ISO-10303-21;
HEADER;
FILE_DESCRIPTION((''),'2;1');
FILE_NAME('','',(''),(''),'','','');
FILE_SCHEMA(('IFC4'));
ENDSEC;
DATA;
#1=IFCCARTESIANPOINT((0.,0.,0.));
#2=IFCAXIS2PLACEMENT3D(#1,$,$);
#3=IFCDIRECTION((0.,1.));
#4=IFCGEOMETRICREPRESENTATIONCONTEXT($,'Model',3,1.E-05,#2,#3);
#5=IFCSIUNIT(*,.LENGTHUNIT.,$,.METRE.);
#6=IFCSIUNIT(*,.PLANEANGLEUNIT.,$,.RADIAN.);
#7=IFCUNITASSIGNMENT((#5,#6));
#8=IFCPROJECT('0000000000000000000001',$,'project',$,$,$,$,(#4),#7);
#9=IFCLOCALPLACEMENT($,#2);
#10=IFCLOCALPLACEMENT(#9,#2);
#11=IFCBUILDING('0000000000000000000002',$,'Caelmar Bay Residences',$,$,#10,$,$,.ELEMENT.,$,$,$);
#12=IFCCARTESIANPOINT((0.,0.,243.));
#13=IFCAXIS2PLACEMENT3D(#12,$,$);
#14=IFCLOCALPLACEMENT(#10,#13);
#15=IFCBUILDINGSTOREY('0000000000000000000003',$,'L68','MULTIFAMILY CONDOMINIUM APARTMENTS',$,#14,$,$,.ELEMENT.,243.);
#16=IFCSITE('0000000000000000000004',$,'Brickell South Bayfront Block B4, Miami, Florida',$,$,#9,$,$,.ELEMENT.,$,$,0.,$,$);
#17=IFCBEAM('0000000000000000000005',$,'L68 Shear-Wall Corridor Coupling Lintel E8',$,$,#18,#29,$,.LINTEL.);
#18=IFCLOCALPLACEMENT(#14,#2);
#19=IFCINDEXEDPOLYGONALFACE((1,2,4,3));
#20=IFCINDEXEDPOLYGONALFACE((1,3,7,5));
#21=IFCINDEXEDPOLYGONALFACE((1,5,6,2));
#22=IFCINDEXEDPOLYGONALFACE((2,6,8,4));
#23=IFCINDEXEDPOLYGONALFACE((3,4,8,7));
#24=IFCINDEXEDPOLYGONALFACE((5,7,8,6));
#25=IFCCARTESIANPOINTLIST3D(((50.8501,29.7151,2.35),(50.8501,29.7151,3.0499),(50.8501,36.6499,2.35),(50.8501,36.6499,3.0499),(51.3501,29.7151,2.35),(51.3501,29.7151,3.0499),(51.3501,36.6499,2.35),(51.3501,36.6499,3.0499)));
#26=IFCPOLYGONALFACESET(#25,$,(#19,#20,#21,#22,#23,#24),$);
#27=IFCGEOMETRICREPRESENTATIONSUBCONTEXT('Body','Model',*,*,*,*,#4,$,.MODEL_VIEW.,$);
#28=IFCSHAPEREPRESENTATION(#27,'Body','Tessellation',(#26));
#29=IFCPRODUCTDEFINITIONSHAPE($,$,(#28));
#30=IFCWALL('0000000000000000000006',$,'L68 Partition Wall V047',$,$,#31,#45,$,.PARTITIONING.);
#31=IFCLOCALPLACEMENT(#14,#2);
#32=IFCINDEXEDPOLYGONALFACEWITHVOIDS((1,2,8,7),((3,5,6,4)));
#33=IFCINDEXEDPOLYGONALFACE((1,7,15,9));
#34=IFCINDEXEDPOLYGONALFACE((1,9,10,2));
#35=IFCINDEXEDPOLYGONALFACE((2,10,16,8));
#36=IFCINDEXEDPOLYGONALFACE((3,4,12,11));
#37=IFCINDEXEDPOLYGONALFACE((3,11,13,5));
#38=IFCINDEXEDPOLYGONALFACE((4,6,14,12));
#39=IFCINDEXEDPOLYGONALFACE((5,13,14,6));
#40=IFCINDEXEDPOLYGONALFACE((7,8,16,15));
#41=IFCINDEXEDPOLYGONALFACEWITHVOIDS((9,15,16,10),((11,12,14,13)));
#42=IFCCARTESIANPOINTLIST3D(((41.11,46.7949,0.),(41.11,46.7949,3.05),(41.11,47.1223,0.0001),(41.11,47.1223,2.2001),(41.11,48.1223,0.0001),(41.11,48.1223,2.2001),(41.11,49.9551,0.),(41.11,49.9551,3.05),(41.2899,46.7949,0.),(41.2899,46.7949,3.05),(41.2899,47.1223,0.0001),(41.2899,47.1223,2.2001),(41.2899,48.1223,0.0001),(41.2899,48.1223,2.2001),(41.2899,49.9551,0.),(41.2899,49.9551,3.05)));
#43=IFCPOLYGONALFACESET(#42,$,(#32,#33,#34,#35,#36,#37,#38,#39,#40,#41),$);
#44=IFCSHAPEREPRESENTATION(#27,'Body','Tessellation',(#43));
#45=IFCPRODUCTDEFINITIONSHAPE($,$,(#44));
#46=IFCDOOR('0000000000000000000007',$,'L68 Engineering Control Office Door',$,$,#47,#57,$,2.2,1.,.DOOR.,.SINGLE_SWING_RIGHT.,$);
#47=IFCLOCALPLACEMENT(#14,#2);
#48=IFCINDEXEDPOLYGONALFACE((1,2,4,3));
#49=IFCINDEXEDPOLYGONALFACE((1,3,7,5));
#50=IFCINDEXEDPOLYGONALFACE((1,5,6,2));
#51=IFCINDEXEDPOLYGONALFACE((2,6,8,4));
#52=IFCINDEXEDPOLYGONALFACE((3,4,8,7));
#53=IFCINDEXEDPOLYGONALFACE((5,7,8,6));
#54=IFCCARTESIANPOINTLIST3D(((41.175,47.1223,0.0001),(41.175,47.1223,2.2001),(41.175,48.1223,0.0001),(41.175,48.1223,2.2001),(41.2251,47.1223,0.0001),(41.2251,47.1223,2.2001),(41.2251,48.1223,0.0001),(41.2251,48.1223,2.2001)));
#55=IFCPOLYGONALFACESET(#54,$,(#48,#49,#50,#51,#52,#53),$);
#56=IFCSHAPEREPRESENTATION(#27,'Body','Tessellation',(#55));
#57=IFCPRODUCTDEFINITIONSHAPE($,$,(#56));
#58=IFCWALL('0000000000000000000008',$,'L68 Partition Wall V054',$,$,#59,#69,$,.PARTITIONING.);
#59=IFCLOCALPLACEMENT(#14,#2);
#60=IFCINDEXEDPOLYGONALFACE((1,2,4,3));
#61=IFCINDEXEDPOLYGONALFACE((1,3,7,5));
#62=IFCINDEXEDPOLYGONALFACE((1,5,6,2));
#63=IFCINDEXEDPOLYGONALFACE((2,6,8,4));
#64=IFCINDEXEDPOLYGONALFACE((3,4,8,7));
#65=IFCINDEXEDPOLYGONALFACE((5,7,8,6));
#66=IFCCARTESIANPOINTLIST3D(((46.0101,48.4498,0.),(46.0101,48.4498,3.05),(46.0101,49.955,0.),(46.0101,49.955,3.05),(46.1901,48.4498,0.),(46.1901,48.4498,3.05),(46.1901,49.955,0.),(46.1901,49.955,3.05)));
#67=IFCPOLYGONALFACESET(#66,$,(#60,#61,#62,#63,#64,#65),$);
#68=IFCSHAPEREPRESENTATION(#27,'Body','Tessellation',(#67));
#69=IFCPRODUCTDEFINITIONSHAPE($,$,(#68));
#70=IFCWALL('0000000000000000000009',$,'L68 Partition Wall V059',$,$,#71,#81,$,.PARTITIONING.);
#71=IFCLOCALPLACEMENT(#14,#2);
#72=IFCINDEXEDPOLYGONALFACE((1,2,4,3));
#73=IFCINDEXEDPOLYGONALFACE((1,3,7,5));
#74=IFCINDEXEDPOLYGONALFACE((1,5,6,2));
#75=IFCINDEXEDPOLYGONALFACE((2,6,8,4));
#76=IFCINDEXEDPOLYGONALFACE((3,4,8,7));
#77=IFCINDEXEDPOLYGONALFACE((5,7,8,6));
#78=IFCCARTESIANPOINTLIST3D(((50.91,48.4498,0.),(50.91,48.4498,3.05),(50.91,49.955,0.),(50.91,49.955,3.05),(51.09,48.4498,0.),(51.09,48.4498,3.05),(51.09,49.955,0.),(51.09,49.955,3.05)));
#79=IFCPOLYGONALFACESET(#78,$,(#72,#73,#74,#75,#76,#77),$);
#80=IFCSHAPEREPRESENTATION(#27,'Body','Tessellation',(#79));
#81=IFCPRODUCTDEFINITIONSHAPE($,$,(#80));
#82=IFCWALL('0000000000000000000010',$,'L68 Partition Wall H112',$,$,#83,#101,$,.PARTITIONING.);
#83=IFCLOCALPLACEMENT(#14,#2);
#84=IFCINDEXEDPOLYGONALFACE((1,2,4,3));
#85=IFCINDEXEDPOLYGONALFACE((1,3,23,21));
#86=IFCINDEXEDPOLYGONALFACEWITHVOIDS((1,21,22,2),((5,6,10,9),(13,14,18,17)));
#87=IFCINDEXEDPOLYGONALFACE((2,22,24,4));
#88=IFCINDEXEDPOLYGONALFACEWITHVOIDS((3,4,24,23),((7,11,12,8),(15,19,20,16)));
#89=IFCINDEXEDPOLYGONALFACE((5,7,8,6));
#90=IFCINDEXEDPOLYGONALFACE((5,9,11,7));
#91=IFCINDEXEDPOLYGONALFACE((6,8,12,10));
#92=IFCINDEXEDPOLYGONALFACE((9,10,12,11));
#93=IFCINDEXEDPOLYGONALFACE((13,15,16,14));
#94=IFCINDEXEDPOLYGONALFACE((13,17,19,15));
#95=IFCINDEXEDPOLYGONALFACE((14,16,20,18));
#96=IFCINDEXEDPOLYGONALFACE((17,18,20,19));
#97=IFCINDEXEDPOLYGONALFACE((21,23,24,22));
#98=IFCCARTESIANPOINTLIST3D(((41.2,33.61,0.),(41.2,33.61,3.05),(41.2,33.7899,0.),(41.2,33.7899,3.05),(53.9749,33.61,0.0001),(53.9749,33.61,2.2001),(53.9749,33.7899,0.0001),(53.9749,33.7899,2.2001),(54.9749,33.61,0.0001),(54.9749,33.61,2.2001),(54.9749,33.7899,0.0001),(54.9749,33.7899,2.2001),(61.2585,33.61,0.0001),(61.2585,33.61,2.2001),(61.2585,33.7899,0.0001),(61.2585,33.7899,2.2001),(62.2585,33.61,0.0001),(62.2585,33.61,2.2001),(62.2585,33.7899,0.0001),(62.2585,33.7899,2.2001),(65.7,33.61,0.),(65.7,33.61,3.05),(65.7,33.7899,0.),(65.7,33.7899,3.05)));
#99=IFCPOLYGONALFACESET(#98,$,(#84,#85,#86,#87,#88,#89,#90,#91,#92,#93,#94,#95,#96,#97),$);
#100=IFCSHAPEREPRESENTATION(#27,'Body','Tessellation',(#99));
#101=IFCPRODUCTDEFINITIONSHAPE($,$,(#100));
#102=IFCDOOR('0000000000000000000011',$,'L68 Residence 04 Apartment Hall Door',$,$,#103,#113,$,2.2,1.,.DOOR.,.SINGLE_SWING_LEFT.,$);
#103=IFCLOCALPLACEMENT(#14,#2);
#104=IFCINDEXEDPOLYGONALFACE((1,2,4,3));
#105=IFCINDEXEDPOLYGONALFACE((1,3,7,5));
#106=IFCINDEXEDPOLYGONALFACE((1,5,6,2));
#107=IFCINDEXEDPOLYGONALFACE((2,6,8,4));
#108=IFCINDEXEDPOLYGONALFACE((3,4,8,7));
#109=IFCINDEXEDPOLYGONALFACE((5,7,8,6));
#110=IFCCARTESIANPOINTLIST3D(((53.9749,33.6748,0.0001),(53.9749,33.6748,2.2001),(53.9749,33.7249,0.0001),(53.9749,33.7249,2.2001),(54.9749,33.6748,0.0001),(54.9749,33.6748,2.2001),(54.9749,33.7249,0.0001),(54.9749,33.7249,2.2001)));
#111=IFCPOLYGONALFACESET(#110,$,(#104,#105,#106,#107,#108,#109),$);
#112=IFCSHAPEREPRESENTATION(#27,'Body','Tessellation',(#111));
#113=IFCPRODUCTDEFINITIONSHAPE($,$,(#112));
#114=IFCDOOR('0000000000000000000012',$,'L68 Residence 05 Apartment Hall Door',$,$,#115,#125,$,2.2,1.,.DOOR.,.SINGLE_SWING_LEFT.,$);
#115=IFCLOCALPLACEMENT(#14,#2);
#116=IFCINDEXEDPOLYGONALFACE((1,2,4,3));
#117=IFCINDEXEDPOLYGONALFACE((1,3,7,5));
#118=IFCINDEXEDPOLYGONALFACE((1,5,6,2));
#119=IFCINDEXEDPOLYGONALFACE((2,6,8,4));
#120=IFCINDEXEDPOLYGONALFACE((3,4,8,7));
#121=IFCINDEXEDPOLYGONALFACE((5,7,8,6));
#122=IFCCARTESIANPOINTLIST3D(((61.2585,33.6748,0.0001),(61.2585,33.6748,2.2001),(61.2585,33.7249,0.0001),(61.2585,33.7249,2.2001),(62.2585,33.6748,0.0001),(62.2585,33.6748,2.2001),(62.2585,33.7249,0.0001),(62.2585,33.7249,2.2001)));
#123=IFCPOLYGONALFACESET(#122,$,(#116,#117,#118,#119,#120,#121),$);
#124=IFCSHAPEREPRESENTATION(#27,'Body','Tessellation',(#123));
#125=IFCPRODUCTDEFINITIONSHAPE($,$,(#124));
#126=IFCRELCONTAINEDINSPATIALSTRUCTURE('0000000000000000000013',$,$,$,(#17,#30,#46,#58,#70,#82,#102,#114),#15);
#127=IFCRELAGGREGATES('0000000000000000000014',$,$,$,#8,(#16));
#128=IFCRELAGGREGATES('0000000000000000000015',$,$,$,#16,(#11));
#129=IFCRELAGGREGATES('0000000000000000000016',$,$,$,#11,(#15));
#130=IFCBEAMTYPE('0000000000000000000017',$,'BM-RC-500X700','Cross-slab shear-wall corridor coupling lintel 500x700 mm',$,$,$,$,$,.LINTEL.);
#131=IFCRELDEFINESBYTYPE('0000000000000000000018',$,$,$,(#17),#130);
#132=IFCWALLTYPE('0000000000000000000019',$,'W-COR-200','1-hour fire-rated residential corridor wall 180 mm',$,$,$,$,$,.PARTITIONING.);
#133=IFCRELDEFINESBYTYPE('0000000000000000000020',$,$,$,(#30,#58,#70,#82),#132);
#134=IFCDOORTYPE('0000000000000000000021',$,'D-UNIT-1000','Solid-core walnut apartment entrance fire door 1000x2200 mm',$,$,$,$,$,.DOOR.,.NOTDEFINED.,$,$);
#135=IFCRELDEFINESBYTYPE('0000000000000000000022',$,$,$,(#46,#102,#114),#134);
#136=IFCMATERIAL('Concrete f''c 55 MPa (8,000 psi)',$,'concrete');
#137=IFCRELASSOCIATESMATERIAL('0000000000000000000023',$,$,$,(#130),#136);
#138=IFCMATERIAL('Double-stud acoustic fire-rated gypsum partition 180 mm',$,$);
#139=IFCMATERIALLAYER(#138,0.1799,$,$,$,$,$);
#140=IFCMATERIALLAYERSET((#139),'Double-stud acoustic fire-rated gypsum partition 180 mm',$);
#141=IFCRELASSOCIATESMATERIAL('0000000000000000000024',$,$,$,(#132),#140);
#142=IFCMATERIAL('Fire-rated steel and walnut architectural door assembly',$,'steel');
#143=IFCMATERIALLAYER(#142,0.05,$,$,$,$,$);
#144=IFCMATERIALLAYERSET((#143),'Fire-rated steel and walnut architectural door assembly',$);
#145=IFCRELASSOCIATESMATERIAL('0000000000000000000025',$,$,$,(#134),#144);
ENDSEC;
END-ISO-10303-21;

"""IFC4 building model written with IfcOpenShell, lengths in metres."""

from ifc_helpers import new_model, si_unit, direction, frame, frame_2d, origin, origin_2d, place, context, subcontext, project, spatial, rectangle, extrude, material, layer, layer_set, material_profile, profile_set, type_object, element, fill, save


model = new_model("IFC4")

# Units and contexts
model_context = context("Model", 3, precision=1e-05, world=origin(), true_north=direction((0.0, 1.0)))
body_context = subcontext(model_context, "Body", "Model", "MODEL_VIEW")
ifc_project = project(units=[si_unit("LENGTHUNIT", "METRE"), si_unit("PLANEANGLEUNIT", "RADIAN")], contexts=[model_context])

# Site, building, storey
site_placement = place(None, origin())
site = spatial("IfcSite", under=ifc_project, at=site_placement, Name="Brickell South Bayfront Block B4, Miami, Florida", CompositionType="ELEMENT", RefElevation=0.0)
building_placement = place(site_placement, origin())
building = spatial("IfcBuilding", under=site, at=building_placement, Name="Caelmar Bay Residences", CompositionType="ELEMENT")
storey_placement = place(building_placement, frame((0.0, 0.0, 243.0)))
storey = spatial("IfcBuildingStorey", under=building, at=storey_placement, Name="L68", Description="MULTIFAMILY CONDOMINIUM APARTMENTS", CompositionType="ELEMENT", Elevation=243.0)

# Beam
ifc_material_1 = material(Name="Concrete f'c 55 MPa (8,000 psi)", Category="concrete")
ifc_material_profile_1 = material_profile(ifc_material_1, rectangle(XDim=0.5, YDim=0.7, at=origin_2d()), Name="RC-BM-500X700")
ifc_profile_set_1 = profile_set([ifc_material_profile_1], Name="Concrete f'c 55 MPa (8,000 psi)")
beam_type_1 = type_object("IfcBeamType", Name="BM-RC-500X700", Description="Cross-slab shear-wall corridor coupling lintel 500x700 mm", PredefinedType="LINTEL", material=ifc_profile_set_1)
beam_1_placement = place(storey_placement, frame((51.1001, 29.7151, 2.7), z_axis=(0.0, 1.0, 0.0), x_axis=(-1.0, 0.0, 0.0)))
element("IfcBeam", 1, at=beam_1_placement, inside=storey, type_object=beam_type_1, Name="L68 Shear-Wall Corridor Coupling Lintel E8", PredefinedType="LINTEL", context=body_context, shape_type="SweptSolid", body=[
    extrude(rectangle(XDim=0.5, YDim=0.7, at=origin_2d()), origin(), (0.0, 0.0, 1.0), 6.9348),
])

# Wall, opening, door
ifc_material_2 = material(Name="Fire-rated steel and walnut architectural door assembly", Category="steel")
ifc_material_3 = material(Name="Double-stud acoustic fire-rated gypsum partition 180 mm")
ifc_layer_1 = layer(ifc_material_3, 0.1799)
ifc_layer_set_1 = layer_set([ifc_layer_1], Name="Double-stud acoustic fire-rated gypsum partition 180 mm")
wall_type_1 = type_object("IfcWallType", Name="W-COR-200", Description="1-hour fire-rated residential corridor wall 180 mm", PredefinedType="PARTITIONING", material=ifc_layer_set_1)
wall_1_placement = place(storey_placement, frame((41.2, 46.7949, 0.0), z_axis=(0.0, 0.0, 1.0), x_axis=(0.0, 1.0, 0.0)))
wall_1 = element("IfcWall", 2, at=wall_1_placement, inside=storey, type_object=wall_type_1, Name="L68 Partition Wall V047", PredefinedType="PARTITIONING", context=body_context, shape_type="SweptSolid", body=[
    extrude(rectangle(XDim=3.1602, YDim=0.1799, at=frame_2d((1.5801, 0.0))), origin(), (0.0, 0.0, 1.0), 3.05),
])
opening_1_placement = place(wall_1_placement, frame((0.3274, 0.0, 0.0)))
opening_1 = element("IfcOpeningElement", 3, at=opening_1_placement, cuts=wall_1, PredefinedType="OPENING", context=body_context, shape_type="SweptSolid", body=[
    extrude(rectangle(XDim=1.0, YDim=2.2, at=frame_2d((0.5, 1.1001))), frame((0.0, 0.0999, 0.0), z_axis=(0.0, -1.0, 0.0), x_axis=(1.0, 0.0, 0.0)), (0.0, 0.0, 1.0), 0.2),
])
ifc_layer_2 = layer(ifc_material_2, 0.05)
ifc_layer_set_2 = layer_set([ifc_layer_2], Name="Fire-rated steel and walnut architectural door assembly")
door_type_1 = type_object("IfcDoorType", Name="D-UNIT-1000", Description="Solid-core walnut apartment entrance fire door 1000x2200 mm", OperationType="NOTDEFINED", PredefinedType="DOOR", material=ifc_layer_set_2)
door_1_placement = place(opening_1_placement, origin())
door_1 = element("IfcDoor", 4, at=door_1_placement, inside=storey, type_object=door_type_1, Name="L68 Engineering Control Office Door", OperationType="SINGLE_SWING_RIGHT", OverallHeight=2.2, OverallWidth=1.0, PredefinedType="DOOR", context=body_context, shape_type="SweptSolid", body=[
    extrude(rectangle(XDim=1.0, YDim=2.2, at=frame_2d((0.5, 1.1001))), frame((0.0, 0.0249, 0.0), z_axis=(0.0, -1.0, 0.0), x_axis=(1.0, 0.0, 0.0)), (0.0, 0.0, 1.0), 0.05),
])
fill(opening_1, door_1)

# Walls
for number, where, z_axis, x_axis, name in (
    (5, (46.1001, 48.45, 0.0), (0.0, 0.0, 1.0), (0.0, 1.0, 0.0), "L68 Partition Wall V054"),
    (6, (51.0, 48.45, 0.0), (0.0, 0.0, 1.0), (0.0, 1.0, 0.0), "L68 Partition Wall V059"),
):
    element("IfcWall", number, at=place(storey_placement, frame(where, z_axis=z_axis, x_axis=x_axis)), inside=storey, type_object=wall_type_1, Name=name, PredefinedType="PARTITIONING", context=body_context, shape_type="SweptSolid", body=[
        extrude(rectangle(XDim=1.5051, YDim=0.1799, at=frame_2d((0.7524, 0.0))), origin(), (0.0, 0.0, 1.0), 3.05),
    ])

# Wall, openings, doors
wall_2_placement = place(storey_placement, frame((41.2, 33.7, 0.0), z_axis=(0.0, 0.0, 1.0), x_axis=(1.0, 0.0, 0.0)))
wall_2 = element("IfcWall", 7, at=wall_2_placement, inside=storey, type_object=wall_type_1, Name="L68 Partition Wall H112", PredefinedType="PARTITIONING", context=body_context, shape_type="SweptSolid", body=[
    extrude(rectangle(XDim=24.5, YDim=0.1799, at=frame_2d((12.25, 0.0))), origin(), (0.0, 0.0, 1.0), 3.05),
])
opening_2_placement = place(wall_2_placement, frame((12.7749, 0.0, 0.0)))
opening_2 = element("IfcOpeningElement", 8, at=opening_2_placement, cuts=wall_2, PredefinedType="OPENING", context=body_context, shape_type="SweptSolid", body=[
    extrude(rectangle(XDim=1.0, YDim=2.2, at=frame_2d((0.5, 1.1001))), frame((0.0, 0.0999, 0.0), z_axis=(0.0, -1.0, 0.0), x_axis=(1.0, 0.0, 0.0)), (0.0, 0.0, 1.0), 0.2),
])
opening_3_placement = place(wall_2_placement, frame((20.0586, 0.0, 0.0)))
opening_3 = element("IfcOpeningElement", 9, at=opening_3_placement, cuts=wall_2, PredefinedType="OPENING", context=body_context, shape_type="SweptSolid", body=[
    extrude(rectangle(XDim=1.0, YDim=2.2, at=frame_2d((0.5, 1.1001))), frame((0.0, 0.0999, 0.0), z_axis=(0.0, -1.0, 0.0), x_axis=(1.0, 0.0, 0.0)), (0.0, 0.0, 1.0), 0.2),
])
door_2_placement = place(opening_2_placement, origin())
door_2 = element("IfcDoor", 10, at=door_2_placement, inside=storey, type_object=door_type_1, Name="L68 Residence 04 Apartment Hall Door", OperationType="SINGLE_SWING_LEFT", OverallHeight=2.2, OverallWidth=1.0, PredefinedType="DOOR", context=body_context, shape_type="SweptSolid", body=[
    extrude(rectangle(XDim=1.0, YDim=2.2, at=frame_2d((0.5, 1.1001))), frame((0.0, 0.0249, 0.0), z_axis=(0.0, -1.0, 0.0), x_axis=(1.0, 0.0, 0.0)), (0.0, 0.0, 1.0), 0.05),
])
fill(opening_2, door_2)
door_3_placement = place(opening_3_placement, origin())
door_3 = element("IfcDoor", 11, at=door_3_placement, inside=storey, type_object=door_type_1, Name="L68 Residence 05 Apartment Hall Door", OperationType="SINGLE_SWING_LEFT", OverallHeight=2.2, OverallWidth=1.0, PredefinedType="DOOR", context=body_context, shape_type="SweptSolid", body=[
    extrude(rectangle(XDim=1.0, YDim=2.2, at=frame_2d((0.5, 1.1001))), frame((0.0, 0.0249, 0.0), z_axis=(0.0, -1.0, 0.0), x_axis=(1.0, 0.0, 0.0)), (0.0, 0.0, 1.0), 0.05),
])
fill(opening_3, door_3)

save(model, "model.ifc")
